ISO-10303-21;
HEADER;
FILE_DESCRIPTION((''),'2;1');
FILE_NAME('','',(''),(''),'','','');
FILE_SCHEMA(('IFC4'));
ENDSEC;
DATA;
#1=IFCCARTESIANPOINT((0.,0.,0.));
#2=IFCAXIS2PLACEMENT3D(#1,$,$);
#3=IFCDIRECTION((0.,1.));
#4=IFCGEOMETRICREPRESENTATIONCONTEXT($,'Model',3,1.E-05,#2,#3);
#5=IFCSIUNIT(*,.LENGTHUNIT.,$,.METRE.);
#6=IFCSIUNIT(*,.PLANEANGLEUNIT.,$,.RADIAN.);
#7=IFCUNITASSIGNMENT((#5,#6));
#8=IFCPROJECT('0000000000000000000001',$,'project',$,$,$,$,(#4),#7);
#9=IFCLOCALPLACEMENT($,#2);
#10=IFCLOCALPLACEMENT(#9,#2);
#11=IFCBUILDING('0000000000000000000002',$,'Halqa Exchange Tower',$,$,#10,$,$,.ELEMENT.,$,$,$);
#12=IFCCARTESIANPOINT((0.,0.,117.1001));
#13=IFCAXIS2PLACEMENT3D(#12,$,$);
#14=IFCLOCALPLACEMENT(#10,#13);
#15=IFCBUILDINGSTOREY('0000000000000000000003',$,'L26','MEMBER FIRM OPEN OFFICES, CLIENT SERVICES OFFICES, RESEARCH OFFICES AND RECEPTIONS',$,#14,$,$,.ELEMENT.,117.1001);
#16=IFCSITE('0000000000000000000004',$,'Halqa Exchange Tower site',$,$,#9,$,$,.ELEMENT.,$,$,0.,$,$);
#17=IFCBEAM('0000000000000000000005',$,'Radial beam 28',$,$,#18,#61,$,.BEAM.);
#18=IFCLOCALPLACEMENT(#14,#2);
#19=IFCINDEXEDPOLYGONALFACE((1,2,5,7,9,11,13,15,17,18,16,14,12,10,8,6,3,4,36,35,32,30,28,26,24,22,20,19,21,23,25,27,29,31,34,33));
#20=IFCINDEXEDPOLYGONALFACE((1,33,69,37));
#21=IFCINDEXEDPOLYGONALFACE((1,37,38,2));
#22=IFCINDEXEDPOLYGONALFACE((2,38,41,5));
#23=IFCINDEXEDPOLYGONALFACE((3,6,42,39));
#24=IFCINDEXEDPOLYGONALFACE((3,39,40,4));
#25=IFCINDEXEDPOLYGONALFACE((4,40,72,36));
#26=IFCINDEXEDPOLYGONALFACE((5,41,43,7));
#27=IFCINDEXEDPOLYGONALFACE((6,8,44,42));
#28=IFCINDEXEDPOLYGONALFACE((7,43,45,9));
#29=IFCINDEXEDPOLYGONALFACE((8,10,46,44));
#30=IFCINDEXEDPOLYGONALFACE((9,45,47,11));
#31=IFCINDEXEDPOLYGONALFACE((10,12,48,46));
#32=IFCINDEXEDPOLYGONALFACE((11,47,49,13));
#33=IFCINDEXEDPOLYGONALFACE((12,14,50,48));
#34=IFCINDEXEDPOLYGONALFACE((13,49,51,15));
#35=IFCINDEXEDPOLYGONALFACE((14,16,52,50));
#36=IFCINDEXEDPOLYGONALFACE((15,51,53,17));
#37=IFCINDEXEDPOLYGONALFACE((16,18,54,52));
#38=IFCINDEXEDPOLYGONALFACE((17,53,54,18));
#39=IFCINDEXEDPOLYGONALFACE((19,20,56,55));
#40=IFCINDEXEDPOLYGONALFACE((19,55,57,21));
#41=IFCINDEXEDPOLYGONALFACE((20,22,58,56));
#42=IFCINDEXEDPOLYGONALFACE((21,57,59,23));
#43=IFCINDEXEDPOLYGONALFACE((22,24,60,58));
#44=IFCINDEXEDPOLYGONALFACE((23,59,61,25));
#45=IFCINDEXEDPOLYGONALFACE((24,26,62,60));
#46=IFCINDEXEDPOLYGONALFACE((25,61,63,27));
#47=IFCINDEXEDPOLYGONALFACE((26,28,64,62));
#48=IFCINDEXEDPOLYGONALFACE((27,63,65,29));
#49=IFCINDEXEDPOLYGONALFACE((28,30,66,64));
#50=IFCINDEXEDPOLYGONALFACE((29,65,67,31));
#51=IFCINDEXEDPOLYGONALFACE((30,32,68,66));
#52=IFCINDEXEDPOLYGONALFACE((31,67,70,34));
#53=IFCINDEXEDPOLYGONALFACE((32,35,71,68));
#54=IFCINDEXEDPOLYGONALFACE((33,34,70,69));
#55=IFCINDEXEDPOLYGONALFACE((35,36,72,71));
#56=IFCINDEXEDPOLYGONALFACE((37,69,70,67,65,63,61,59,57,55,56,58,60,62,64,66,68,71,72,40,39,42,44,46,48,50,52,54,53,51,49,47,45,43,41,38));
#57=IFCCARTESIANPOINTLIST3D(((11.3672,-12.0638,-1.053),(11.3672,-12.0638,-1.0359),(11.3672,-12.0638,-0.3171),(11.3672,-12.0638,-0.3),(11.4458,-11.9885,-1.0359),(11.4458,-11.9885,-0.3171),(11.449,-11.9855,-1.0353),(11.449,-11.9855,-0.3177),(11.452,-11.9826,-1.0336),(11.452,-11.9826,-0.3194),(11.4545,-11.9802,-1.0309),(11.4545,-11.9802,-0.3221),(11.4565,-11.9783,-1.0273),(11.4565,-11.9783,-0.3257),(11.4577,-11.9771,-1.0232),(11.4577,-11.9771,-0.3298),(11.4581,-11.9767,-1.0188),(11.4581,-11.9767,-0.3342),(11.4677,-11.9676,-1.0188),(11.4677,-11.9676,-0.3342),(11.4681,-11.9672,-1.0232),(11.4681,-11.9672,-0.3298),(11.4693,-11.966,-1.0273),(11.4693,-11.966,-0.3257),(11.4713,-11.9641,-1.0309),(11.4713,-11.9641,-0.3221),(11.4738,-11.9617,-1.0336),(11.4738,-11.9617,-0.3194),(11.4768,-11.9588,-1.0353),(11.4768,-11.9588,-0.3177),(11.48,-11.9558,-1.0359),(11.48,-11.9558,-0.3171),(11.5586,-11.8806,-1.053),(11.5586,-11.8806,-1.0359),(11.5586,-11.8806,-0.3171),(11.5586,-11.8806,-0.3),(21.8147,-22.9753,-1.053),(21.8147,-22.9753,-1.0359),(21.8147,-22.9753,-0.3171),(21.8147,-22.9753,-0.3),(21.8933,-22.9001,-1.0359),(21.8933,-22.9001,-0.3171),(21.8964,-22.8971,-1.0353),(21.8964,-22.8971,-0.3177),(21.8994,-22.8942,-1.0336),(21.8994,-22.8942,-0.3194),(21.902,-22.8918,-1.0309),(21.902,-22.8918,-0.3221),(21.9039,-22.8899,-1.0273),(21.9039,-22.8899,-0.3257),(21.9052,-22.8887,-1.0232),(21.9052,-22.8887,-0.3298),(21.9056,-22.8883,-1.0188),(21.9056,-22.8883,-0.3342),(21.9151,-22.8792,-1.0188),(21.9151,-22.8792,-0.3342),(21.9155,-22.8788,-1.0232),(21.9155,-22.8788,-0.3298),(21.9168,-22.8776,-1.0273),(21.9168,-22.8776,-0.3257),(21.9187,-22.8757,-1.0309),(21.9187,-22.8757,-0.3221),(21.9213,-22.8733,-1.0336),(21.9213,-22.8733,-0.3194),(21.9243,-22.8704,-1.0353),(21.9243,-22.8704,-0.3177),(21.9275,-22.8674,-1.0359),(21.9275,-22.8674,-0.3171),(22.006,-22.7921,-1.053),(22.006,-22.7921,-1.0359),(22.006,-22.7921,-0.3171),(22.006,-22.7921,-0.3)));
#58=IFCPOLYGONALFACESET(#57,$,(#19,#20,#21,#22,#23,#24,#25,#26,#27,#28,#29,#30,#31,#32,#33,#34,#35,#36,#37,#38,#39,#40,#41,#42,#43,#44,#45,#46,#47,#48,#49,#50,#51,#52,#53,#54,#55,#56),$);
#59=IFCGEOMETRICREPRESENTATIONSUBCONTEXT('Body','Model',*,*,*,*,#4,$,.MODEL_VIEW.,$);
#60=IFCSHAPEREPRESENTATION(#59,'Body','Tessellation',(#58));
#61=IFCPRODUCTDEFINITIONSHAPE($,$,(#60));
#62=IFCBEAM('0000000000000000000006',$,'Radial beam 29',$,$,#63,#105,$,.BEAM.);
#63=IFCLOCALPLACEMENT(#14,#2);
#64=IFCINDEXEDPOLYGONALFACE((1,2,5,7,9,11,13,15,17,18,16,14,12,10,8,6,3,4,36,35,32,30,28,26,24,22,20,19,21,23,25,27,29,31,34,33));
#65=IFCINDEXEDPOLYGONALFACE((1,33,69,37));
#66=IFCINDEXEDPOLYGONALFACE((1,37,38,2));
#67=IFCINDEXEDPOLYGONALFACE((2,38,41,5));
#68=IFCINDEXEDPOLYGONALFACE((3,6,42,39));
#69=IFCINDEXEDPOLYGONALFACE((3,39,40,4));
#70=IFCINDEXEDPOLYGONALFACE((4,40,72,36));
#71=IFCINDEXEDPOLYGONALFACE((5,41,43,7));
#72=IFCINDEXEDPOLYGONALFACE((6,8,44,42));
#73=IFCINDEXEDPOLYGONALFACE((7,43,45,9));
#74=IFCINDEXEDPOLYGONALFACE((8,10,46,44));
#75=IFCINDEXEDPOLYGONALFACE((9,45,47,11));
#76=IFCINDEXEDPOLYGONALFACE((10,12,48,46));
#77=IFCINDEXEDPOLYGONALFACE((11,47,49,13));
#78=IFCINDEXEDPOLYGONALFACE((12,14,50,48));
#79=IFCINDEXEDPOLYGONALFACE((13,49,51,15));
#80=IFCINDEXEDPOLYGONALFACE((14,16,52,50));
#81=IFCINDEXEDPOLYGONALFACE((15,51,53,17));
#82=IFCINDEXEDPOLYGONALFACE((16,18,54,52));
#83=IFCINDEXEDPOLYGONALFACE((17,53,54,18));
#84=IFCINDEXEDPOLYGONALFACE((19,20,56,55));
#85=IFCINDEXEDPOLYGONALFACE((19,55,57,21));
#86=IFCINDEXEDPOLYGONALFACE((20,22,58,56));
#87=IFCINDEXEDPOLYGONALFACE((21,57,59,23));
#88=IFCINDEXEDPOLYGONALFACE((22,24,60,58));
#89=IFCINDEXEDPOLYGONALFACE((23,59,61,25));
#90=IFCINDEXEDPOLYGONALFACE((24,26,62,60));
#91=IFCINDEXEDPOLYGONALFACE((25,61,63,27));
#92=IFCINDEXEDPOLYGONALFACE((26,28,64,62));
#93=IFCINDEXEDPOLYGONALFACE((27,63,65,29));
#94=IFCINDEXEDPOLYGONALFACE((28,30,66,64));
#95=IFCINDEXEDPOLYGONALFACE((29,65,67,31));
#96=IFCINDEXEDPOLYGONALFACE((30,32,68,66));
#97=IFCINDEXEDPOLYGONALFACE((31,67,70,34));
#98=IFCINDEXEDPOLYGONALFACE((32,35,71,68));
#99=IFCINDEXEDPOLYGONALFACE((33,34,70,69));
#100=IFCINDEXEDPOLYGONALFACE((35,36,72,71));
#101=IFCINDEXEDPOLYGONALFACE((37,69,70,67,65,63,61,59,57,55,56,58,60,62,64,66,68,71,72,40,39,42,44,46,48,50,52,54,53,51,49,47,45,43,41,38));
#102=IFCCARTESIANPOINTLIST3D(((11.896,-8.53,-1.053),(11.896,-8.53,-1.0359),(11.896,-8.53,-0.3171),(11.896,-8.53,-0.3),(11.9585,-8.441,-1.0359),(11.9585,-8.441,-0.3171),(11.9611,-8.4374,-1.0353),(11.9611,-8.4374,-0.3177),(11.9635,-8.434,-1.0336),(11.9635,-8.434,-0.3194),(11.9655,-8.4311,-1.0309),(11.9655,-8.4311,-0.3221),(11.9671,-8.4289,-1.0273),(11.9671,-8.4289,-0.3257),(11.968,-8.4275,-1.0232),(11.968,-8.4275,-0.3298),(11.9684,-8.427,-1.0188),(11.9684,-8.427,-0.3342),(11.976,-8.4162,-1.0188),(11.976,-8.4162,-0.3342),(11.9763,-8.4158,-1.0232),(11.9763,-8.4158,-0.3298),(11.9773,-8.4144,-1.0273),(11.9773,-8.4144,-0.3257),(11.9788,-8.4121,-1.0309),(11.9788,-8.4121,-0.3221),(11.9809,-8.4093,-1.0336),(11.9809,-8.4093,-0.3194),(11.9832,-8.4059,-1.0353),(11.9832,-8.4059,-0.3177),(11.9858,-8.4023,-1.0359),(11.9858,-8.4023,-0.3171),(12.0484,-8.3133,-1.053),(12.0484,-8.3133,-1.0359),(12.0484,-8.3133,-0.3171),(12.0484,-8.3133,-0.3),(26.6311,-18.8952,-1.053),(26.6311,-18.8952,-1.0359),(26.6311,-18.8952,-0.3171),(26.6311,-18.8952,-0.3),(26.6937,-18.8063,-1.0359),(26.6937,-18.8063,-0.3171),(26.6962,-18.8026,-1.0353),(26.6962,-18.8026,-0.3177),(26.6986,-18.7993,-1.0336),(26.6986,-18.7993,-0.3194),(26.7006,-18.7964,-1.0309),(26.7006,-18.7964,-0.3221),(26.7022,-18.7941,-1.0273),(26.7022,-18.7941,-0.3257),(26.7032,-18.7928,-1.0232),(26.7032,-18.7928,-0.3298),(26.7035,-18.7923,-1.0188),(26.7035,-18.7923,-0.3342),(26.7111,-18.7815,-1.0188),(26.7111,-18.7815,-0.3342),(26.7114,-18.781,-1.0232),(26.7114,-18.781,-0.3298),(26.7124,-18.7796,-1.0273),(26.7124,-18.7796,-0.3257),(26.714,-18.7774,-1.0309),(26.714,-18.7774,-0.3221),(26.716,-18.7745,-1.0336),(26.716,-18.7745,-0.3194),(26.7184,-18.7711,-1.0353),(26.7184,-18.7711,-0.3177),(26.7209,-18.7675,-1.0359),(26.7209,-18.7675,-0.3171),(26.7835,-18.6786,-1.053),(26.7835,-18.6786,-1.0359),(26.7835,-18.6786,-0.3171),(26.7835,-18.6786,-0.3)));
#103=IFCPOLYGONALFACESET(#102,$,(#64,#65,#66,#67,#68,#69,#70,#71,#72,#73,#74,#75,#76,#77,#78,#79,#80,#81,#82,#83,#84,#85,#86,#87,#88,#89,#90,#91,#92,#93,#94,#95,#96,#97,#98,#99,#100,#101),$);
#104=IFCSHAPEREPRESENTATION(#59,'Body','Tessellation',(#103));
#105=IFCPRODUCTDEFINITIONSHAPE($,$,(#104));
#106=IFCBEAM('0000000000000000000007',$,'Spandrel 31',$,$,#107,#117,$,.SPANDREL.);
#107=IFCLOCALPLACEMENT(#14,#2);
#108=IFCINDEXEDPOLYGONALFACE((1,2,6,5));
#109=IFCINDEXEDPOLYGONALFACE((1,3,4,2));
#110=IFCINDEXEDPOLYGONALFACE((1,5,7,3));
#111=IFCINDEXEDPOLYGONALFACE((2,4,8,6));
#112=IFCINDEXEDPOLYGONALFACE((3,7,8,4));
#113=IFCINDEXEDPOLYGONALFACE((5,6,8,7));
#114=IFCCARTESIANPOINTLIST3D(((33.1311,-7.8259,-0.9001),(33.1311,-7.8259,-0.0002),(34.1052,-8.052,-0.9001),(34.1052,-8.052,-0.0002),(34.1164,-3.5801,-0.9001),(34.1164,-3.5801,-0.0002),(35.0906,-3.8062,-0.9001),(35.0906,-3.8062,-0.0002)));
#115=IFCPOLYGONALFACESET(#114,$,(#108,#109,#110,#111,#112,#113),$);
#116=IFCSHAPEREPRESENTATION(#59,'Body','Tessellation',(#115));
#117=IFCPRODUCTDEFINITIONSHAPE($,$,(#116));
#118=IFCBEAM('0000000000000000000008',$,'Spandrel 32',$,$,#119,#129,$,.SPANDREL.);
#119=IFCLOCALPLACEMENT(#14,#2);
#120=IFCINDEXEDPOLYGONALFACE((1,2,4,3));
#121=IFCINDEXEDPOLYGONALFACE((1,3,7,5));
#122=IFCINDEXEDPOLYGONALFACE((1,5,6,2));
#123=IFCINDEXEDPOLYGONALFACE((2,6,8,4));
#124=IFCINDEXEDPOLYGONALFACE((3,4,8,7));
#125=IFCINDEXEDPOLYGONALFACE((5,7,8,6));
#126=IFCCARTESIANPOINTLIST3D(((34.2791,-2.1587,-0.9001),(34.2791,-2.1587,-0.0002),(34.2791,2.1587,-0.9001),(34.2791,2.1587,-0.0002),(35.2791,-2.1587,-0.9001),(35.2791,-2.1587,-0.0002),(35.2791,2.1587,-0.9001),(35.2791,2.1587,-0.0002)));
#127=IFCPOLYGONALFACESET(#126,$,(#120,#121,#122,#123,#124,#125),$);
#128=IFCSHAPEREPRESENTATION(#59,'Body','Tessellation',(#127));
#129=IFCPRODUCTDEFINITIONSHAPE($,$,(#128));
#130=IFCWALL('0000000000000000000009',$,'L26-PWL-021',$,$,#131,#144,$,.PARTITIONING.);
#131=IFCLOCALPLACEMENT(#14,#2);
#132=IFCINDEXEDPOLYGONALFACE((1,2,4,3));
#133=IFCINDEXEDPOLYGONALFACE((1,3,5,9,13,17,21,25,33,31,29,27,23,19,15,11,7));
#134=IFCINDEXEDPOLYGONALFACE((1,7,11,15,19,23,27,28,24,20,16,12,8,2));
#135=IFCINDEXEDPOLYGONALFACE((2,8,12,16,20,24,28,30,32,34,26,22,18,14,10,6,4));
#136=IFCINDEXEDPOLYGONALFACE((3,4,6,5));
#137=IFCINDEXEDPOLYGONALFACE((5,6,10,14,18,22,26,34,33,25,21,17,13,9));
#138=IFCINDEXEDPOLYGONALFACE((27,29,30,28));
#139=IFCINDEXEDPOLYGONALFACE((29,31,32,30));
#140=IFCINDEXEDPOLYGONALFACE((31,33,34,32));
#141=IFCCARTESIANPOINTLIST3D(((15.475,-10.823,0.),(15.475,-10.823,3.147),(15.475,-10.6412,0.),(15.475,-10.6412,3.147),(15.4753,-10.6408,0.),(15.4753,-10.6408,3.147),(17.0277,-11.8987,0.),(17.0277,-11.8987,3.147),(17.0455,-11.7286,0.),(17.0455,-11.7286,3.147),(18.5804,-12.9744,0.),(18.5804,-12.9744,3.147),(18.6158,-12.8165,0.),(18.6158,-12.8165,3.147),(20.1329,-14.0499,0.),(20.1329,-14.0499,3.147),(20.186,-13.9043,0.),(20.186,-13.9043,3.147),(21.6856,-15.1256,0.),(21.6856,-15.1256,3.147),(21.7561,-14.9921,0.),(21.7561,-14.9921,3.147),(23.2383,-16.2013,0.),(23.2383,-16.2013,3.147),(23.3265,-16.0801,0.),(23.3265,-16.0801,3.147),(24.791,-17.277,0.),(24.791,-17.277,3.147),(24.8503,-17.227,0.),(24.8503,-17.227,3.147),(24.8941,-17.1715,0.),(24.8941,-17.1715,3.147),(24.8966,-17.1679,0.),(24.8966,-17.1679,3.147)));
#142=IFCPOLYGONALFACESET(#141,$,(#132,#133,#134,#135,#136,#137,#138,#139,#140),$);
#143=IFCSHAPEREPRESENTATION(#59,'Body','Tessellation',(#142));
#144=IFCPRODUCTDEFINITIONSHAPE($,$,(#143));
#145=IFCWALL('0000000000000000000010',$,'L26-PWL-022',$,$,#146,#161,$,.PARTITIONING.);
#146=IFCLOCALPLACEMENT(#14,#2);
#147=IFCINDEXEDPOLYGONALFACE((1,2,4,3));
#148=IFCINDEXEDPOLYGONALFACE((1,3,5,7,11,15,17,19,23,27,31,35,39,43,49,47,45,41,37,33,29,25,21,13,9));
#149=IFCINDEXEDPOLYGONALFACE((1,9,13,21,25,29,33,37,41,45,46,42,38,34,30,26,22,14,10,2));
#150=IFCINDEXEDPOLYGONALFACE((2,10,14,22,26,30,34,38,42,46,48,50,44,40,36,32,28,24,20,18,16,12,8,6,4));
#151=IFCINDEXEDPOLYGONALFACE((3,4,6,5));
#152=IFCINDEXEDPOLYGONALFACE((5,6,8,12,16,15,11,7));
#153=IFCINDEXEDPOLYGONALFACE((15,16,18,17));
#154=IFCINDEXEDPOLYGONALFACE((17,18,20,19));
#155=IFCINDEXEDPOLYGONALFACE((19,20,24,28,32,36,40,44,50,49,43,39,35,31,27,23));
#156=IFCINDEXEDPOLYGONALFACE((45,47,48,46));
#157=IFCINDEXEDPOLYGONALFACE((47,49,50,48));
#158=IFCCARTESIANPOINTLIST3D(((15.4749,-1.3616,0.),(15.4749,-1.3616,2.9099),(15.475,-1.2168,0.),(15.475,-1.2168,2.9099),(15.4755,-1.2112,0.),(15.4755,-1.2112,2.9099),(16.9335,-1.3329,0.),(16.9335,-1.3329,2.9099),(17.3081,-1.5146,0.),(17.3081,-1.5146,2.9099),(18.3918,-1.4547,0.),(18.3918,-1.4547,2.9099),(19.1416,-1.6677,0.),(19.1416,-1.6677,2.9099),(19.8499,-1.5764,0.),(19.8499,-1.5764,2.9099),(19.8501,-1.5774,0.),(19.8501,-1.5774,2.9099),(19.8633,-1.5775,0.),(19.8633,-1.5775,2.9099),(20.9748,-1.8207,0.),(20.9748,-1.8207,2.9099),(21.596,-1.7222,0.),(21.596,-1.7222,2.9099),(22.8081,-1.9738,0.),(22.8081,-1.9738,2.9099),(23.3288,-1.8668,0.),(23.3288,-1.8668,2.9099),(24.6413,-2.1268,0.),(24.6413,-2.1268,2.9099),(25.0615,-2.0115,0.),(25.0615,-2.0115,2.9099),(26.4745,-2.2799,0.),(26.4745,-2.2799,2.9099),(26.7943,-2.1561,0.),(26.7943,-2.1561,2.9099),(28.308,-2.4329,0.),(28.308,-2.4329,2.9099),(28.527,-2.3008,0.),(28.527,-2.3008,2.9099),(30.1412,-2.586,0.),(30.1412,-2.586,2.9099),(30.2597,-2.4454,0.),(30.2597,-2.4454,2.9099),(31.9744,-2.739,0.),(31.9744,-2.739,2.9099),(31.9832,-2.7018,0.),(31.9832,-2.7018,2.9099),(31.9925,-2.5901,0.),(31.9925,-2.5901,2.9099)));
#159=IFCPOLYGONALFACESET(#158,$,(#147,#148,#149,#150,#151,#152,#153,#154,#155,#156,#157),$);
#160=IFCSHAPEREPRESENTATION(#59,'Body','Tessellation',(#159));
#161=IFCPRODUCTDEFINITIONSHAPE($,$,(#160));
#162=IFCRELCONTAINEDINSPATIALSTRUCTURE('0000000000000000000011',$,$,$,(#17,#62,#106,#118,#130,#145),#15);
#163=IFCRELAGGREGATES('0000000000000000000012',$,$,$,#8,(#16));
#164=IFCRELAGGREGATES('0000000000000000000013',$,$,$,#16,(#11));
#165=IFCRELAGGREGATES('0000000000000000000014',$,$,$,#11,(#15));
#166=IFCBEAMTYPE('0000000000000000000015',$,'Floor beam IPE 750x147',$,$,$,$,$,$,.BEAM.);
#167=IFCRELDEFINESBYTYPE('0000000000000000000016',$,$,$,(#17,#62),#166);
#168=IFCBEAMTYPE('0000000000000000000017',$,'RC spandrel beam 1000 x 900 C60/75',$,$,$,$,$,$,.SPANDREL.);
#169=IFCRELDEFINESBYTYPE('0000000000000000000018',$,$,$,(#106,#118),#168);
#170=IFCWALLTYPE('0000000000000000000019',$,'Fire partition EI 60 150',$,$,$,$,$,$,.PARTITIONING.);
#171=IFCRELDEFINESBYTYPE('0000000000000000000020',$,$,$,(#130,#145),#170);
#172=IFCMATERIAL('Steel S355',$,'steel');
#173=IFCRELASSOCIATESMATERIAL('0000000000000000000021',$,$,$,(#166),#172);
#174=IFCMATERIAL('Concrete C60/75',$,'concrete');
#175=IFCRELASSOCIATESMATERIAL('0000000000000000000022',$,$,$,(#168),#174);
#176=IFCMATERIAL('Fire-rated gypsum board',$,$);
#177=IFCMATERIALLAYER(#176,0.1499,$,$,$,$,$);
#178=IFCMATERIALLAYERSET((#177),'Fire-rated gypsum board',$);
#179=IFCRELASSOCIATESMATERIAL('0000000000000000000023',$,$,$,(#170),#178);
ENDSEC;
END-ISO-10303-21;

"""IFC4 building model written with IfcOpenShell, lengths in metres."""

from ifc_helpers import new_model, si_unit, direction, frame, origin, origin_2d, place, context, subcontext, project, spatial, polyline, rectangle, i_section, outline, extrude, material, layer, layer_set, material_profile, profile_set, type_object, element, save


model = new_model("IFC4")

# Units and contexts
model_context = context("Model", 3, precision=1e-05, world=origin(), true_north=direction((0.0, 1.0)))
body_context = subcontext(model_context, "Body", "Model", "MODEL_VIEW")
ifc_project = project(units=[si_unit("LENGTHUNIT", "METRE"), si_unit("PLANEANGLEUNIT", "RADIAN")], contexts=[model_context])

# Site, building, storey
site_placement = place(None, origin())
site = spatial("IfcSite", under=ifc_project, at=site_placement, Name="Halqa Exchange Tower site", CompositionType="ELEMENT", RefElevation=0.0)
building_placement = place(site_placement, origin())
building = spatial("IfcBuilding", under=site, at=building_placement, Name="Halqa Exchange Tower", CompositionType="ELEMENT")
storey_placement = place(building_placement, frame((0.0, 0.0, 117.1001)))
storey = spatial("IfcBuildingStorey", under=building, at=storey_placement, Name="L26", Description="MEMBER FIRM OPEN OFFICES, CLIENT SERVICES OFFICES, RESEARCH OFFICES AND RECEPTIONS", CompositionType="ELEMENT", Elevation=117.1001)

# Beams
ifc_material_1 = material(Name="Steel S355", Category="steel")
ifc_material_profile_1 = material_profile(ifc_material_1, i_section(OverallWidth=0.2649, OverallDepth=0.7529, WebThickness=0.0132, FlangeThickness=0.0171, FilletRadius=0.0171, at=origin_2d()), Name="IPE 750x147")
ifc_profile_set_1 = profile_set([ifc_material_profile_1], Name="Steel S355")
beam_type_1 = type_object("IfcBeamType", Name="Floor beam IPE 750x147", PredefinedType="BEAM", material=ifc_profile_set_1)
beam_1_placement = place(storey_placement, frame((11.4629, -11.9722, -0.6765), z_axis=(0.691579, -0.722301, 0.0), x_axis=(0.722301, 0.691579, 0.0)))
element("IfcBeam", 1, at=beam_1_placement, inside=storey, type_object=beam_type_1, Name="Radial beam 28", PredefinedType="BEAM", context=body_context, shape_type="SweptSolid", body=[
    extrude(i_section(OverallWidth=0.2649, OverallDepth=0.7529, WebThickness=0.0132, FlangeThickness=0.0171, FilletRadius=0.0171, at=origin_2d()), origin(), (0.0, 0.0, 1.0), 15.1067),
])
beam_2_placement = place(storey_placement, frame((11.9722, -8.4216, -0.6765), z_axis=(0.817909, -0.575348, 0.0), x_axis=(0.575348, 0.817909, 0.0)))
element("IfcBeam", 2, at=beam_2_placement, inside=storey, type_object=beam_type_1, Name="Radial beam 29", PredefinedType="BEAM", context=body_context, shape_type="SweptSolid", body=[
    extrude(i_section(OverallWidth=0.2649, OverallDepth=0.7529, WebThickness=0.0132, FlangeThickness=0.0171, FilletRadius=0.0171, at=origin_2d()), origin(), (0.0, 0.0, 1.0), 18.0156),
])
ifc_material_2 = material(Name="Concrete C60/75", Category="concrete")
ifc_material_profile_2 = material_profile(ifc_material_2, rectangle(XDim=1.0, YDim=0.8999, at=origin_2d()), Name="1000 x 900")
ifc_profile_set_2 = profile_set([ifc_material_profile_2], Name="Concrete C60/75")
beam_type_2 = type_object("IfcBeamType", Name="RC spandrel beam 1000 x 900 C60/75", PredefinedType="SPANDREL", material=ifc_profile_set_2)
beam_3_placement = place(storey_placement, frame((33.6182, -7.939, -0.4502), z_axis=(0.226066, 0.974112, 0.0), x_axis=(-0.974112, 0.226066, 0.0)))
element("IfcBeam", 3, at=beam_3_placement, inside=storey, type_object=beam_type_2, Name="Spandrel 31", PredefinedType="SPANDREL", context=body_context, shape_type="SweptSolid", body=[
    extrude(rectangle(XDim=1.0, YDim=0.8999, at=origin_2d()), origin(), (0.0, 0.0, 1.0), 4.3586),
])
beam_4_placement = place(storey_placement, frame((34.7791, -2.1587, -0.4502), z_axis=(0.0, 1.0, 0.0), x_axis=(-1.0, 0.0, 0.0)))
element("IfcBeam", 4, at=beam_4_placement, inside=storey, type_object=beam_type_2, Name="Spandrel 32", PredefinedType="SPANDREL", context=body_context, shape_type="SweptSolid", body=[
    extrude(rectangle(XDim=1.0, YDim=0.8999, at=origin_2d()), origin(), (0.0, 0.0, 1.0), 4.3174),
])

# Walls
ifc_material_3 = material(Name="Fire-rated gypsum board")
ifc_layer_1 = layer(ifc_material_3, 0.1499)
ifc_layer_set_1 = layer_set([ifc_layer_1], Name="Fire-rated gypsum board")
wall_type_1 = type_object("IfcWallType", Name="Fire partition EI 60 150", PredefinedType="PARTITIONING", material=ifc_layer_set_1)
wall_1_placement = place(storey_placement, frame((15.4326, -10.7024, 0.0), z_axis=(0.0, 0.0, 1.0), x_axis=(0.822004, -0.569481, 0.0)))
element("IfcWall", 5, at=wall_1_placement, inside=storey, type_object=wall_type_1, Name="L26-PWL-021", PredefinedType="PARTITIONING", context=body_context, shape_type="SweptSolid", body=[
    extrude(outline(polyline([(0.1035, -0.075), (1.9924, -0.075), (3.8813, -0.075), (5.77, -0.075), (7.6589, -0.075), (9.5479, -0.075), (11.4368, -0.075), (11.457, 0.0), (11.4614, 0.0706), (11.4614, 0.075), (9.5513, 0.075), (7.6409, 0.075), (5.7307, 0.075), (3.8206, 0.075), (1.9102, 0.075), (0.0, 0.075), (0.0, 0.0745), (0.1035, -0.075)])), origin(), (0.0, 0.0, 1.0), 3.147),
])
wall_2_placement = place(storey_placement, frame((15.4692, -1.2859, 0.0), z_axis=(0.0, 0.0, 1.0), x_axis=(0.996533, -0.083194, 0.0)))
element("IfcWall", 6, at=wall_2_placement, inside=storey, type_object=wall_type_1, Name="L26-PWL-022", PredefinedType="PARTITIONING", context=body_context, shape_type="SweptSolid", body=[
    extrude(outline(polyline([(0.012, -0.075), (1.8516, -0.075), (3.6914, -0.075), (5.531, -0.075), (7.3706, -0.075), (9.2102, -0.075), (11.0498, -0.075), (12.8896, -0.075), (14.7292, -0.075), (16.5688, -0.075), (16.5745, -0.0371), (16.5745, 0.075), (14.8357, 0.075), (13.0969, 0.075), (11.3582, 0.075), (9.6194, 0.075), (7.8806, 0.075), (6.1418, 0.075), (4.4031, 0.075), (4.3899, 0.074), (4.3896, 0.075), (2.9265, 0.075), (1.4631, 0.075), (0.0, 0.075), (0.0, 0.0693), (0.012, -0.075)])), origin(), (0.0, 0.0, 1.0), 2.9099),
])

save(model, "model.ifc")
